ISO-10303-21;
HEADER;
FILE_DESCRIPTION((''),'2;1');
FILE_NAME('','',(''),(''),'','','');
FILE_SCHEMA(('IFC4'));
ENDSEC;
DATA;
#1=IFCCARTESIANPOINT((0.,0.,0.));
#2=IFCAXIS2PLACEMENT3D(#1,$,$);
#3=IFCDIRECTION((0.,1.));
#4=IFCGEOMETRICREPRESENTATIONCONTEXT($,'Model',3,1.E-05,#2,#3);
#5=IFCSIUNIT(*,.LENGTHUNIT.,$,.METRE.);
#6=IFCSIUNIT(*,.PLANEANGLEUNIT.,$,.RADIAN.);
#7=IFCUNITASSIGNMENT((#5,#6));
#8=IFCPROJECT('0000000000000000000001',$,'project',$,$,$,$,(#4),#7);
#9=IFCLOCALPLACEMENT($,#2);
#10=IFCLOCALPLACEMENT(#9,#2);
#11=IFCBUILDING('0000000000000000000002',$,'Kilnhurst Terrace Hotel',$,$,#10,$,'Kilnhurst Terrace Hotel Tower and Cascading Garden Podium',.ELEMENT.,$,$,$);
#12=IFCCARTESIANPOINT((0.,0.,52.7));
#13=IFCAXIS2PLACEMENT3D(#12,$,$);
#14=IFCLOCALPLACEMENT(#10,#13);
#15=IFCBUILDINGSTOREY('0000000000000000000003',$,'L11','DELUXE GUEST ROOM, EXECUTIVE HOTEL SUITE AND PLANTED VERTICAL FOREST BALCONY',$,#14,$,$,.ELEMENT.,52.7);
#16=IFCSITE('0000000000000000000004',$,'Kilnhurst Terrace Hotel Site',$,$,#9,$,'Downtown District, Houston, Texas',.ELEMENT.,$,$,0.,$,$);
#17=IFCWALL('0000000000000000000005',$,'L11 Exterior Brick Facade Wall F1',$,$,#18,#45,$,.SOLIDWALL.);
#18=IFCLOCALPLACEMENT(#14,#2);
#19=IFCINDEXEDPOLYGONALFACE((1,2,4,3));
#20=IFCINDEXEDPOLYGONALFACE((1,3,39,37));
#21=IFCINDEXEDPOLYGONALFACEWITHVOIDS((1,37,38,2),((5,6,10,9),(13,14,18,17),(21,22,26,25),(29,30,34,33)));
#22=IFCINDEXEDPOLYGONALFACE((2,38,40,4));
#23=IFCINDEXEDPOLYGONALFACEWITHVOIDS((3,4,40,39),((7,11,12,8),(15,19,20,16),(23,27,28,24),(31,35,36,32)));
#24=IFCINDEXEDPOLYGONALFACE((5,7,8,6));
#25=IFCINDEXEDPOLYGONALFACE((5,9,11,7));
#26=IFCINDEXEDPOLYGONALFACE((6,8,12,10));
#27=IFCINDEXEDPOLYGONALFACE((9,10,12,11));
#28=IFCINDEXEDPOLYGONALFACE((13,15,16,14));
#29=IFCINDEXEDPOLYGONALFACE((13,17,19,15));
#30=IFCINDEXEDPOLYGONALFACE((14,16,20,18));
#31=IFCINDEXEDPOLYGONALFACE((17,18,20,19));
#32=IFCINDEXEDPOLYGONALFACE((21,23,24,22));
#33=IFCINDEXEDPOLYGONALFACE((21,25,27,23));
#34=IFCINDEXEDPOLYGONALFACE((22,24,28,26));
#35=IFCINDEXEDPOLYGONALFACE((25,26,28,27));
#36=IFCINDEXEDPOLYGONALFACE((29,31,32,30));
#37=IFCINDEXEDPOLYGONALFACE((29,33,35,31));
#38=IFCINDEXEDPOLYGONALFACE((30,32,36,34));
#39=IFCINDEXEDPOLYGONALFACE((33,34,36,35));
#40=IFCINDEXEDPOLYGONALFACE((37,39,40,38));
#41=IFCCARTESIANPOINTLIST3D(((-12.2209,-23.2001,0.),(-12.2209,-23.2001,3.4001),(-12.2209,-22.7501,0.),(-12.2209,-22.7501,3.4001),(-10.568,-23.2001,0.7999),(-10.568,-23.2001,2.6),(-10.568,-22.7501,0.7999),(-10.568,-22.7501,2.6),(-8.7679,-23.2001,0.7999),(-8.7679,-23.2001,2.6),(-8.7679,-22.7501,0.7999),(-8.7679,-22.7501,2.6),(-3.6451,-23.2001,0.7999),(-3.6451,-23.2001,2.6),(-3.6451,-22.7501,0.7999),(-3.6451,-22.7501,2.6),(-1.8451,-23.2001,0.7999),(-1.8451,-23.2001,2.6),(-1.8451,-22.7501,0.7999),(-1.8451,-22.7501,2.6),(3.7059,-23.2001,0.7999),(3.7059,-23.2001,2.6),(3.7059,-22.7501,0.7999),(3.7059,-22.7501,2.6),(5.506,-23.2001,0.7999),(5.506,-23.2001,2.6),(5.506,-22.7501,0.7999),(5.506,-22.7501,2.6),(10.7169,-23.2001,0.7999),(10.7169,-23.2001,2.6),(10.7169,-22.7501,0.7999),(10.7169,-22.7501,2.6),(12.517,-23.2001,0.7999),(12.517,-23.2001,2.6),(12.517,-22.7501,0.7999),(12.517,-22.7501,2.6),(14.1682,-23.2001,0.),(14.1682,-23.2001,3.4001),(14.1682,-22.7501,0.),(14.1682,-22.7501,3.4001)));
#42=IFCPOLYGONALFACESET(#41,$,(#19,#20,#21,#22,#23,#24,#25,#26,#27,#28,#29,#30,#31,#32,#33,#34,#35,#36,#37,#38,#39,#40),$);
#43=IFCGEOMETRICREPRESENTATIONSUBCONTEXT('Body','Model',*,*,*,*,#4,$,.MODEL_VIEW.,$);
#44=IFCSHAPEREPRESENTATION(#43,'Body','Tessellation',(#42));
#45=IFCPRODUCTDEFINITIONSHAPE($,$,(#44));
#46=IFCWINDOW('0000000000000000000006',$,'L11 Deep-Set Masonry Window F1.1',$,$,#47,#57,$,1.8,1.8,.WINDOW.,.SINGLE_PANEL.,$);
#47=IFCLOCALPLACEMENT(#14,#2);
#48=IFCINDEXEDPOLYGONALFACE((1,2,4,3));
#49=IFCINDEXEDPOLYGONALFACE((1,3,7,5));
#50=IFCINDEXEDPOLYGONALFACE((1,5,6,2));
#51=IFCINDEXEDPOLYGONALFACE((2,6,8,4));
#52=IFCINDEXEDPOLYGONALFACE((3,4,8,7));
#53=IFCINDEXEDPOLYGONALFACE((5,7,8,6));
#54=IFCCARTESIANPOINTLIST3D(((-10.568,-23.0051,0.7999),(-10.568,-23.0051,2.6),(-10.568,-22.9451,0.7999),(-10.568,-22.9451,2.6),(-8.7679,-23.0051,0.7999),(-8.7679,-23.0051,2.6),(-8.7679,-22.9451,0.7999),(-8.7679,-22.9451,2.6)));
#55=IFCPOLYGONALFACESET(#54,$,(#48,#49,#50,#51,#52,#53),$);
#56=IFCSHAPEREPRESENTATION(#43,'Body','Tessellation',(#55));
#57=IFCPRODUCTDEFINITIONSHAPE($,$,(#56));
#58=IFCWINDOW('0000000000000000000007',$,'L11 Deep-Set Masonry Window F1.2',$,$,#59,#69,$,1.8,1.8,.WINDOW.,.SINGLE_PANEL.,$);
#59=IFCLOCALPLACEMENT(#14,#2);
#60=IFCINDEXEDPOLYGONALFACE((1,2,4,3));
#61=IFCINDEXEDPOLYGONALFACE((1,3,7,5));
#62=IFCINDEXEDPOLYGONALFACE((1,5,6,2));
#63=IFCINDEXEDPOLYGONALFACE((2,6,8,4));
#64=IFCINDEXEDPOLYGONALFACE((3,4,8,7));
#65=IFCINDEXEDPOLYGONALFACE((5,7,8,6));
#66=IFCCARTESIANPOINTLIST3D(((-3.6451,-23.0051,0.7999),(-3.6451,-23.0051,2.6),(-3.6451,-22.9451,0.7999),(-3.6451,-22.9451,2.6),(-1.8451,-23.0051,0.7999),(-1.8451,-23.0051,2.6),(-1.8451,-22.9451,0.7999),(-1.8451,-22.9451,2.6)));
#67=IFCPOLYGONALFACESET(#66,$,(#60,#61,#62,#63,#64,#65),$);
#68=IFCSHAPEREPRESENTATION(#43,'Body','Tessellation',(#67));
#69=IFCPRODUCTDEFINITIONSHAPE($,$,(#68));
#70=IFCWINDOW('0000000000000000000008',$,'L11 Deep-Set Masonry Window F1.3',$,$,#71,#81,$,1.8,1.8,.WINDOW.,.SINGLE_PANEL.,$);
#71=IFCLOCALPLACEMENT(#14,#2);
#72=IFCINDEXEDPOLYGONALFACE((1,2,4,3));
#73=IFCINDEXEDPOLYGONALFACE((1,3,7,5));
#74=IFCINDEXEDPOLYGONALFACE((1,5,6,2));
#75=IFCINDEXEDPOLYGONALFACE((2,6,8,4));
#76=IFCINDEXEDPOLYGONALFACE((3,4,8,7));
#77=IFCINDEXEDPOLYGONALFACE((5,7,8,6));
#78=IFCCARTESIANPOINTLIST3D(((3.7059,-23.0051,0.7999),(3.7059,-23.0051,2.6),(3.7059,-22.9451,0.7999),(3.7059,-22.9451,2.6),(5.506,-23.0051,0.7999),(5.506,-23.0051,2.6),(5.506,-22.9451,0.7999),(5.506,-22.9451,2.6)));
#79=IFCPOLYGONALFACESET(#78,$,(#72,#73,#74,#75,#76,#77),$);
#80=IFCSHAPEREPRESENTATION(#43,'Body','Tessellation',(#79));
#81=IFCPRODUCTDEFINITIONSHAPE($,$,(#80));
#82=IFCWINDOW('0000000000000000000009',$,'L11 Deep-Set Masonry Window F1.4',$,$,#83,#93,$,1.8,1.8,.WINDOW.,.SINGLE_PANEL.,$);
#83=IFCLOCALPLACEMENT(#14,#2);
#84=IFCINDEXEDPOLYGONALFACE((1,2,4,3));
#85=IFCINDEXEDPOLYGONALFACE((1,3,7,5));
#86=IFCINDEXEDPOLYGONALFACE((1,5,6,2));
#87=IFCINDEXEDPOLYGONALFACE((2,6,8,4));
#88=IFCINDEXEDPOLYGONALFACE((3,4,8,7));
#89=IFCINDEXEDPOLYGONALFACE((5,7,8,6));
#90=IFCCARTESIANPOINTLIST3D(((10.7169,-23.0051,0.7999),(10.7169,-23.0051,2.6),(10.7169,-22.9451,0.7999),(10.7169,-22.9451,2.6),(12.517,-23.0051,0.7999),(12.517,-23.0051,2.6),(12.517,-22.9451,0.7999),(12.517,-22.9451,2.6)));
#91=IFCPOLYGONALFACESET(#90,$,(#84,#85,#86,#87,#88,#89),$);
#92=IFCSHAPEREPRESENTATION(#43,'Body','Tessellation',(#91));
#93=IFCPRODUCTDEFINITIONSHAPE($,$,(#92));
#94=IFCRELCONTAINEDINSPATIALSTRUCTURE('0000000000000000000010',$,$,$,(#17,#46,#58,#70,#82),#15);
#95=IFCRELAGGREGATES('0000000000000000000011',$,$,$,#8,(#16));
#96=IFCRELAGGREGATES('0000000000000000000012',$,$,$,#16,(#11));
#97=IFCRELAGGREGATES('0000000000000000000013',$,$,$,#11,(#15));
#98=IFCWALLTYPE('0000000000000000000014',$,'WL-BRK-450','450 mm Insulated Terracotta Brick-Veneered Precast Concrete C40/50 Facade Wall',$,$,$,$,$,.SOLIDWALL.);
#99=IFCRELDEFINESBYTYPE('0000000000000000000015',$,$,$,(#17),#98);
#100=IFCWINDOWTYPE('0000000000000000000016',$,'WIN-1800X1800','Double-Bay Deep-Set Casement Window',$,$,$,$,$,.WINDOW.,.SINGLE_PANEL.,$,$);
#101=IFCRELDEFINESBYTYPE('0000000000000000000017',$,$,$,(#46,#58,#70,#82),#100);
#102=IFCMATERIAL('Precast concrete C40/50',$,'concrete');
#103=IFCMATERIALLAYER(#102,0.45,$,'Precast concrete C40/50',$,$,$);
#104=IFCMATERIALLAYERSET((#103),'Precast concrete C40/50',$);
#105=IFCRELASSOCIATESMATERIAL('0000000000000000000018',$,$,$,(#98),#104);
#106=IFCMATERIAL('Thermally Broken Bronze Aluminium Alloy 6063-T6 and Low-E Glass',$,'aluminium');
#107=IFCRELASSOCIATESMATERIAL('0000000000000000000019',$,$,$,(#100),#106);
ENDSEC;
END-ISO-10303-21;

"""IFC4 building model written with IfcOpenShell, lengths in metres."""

from ifc_helpers import new_model, si_unit, direction, frame, frame_2d, origin, place, context, subcontext, project, spatial, rectangle, extrude, material, layer, layer_set, type_object, element, fill, save


model = new_model("IFC4")

# Units and contexts
model_context = context("Model", 3, precision=1e-05, world=origin(), true_north=direction((0.0, 1.0)))
body_context = subcontext(model_context, "Body", "Model", "MODEL_VIEW")
ifc_project = project(units=[si_unit("LENGTHUNIT", "METRE"), si_unit("PLANEANGLEUNIT", "RADIAN")], contexts=[model_context])

# Site, building, storey
site_placement = place(None, origin())
site = spatial("IfcSite", under=ifc_project, at=site_placement, Name="Kilnhurst Terrace Hotel Site", LongName="Downtown District, Houston, Texas", CompositionType="ELEMENT", RefElevation=0.0)
building_placement = place(site_placement, origin())
building = spatial("IfcBuilding", under=site, at=building_placement, Name="Kilnhurst Terrace Hotel", LongName="Kilnhurst Terrace Hotel Tower and Cascading Garden Podium", CompositionType="ELEMENT")
storey_placement = place(building_placement, frame((0.0, 0.0, 52.7)))
storey = spatial("IfcBuildingStorey", under=building, at=storey_placement, Name="L11", Description="DELUXE GUEST ROOM, EXECUTIVE HOTEL SUITE AND PLANTED VERTICAL FOREST BALCONY", CompositionType="ELEMENT", Elevation=52.7)

# Shared definitions
ifc_material_1 = material(Name="Precast concrete C40/50", Category="concrete")
ifc_layer_1 = layer(ifc_material_1, 0.45, Name="Precast concrete C40/50")
ifc_layer_set_1 = layer_set([ifc_layer_1], Name="Precast concrete C40/50")
wall_type_1 = type_object("IfcWallType", Name="WL-BRK-450", Description="450 mm Insulated Terracotta Brick-Veneered Precast Concrete C40/50 Facade Wall", PredefinedType="SOLIDWALL", material=ifc_layer_set_1)

# Wall, openings, windows
wall_1_placement = place(storey_placement, frame((-12.2209, -22.9751, 0.0), z_axis=(0.0, 0.0, 1.0), x_axis=(1.0, 0.0, 0.0)))
wall_1 = element("IfcWall", 1, at=wall_1_placement, inside=storey, type_object=wall_type_1, Name="L11 Exterior Brick Facade Wall F1", PredefinedType="SOLIDWALL", context=body_context, shape_type="SweptSolid", body=[
    extrude(rectangle(XDim=26.3892, YDim=0.45, at=frame_2d((13.1946, 0.0))), origin(), (0.0, 0.0, 1.0), 3.4001),
])
opening_1_placement = place(wall_1_placement, frame((1.6531, 0.0, 0.8)))
opening_1 = element("IfcOpeningElement", 2, at=opening_1_placement, cuts=wall_1, PredefinedType="OPENING", context=body_context, shape_type="SweptSolid", body=[
    extrude(rectangle(XDim=1.8, YDim=1.8, at=frame_2d((0.8999, 0.8999))), frame((0.0, 0.2349, 0.0), z_axis=(0.0, -1.0, 0.0), x_axis=(1.0, 0.0, 0.0)), (0.0, 0.0, 1.0), 0.47),
])
opening_2_placement = place(wall_1_placement, frame((8.5759, 0.0, 0.8)))
opening_2 = element("IfcOpeningElement", 3, at=opening_2_placement, cuts=wall_1, PredefinedType="OPENING", context=body_context, shape_type="SweptSolid", body=[
    extrude(rectangle(XDim=1.8, YDim=1.8, at=frame_2d((0.8999, 0.8999))), frame((0.0, 0.2349, 0.0), z_axis=(0.0, -1.0, 0.0), x_axis=(1.0, 0.0, 0.0)), (0.0, 0.0, 1.0), 0.47),
])
opening_3_placement = place(wall_1_placement, frame((15.927, 0.0, 0.8)))
opening_3 = element("IfcOpeningElement", 4, at=opening_3_placement, cuts=wall_1, PredefinedType="OPENING", context=body_context, shape_type="SweptSolid", body=[
    extrude(rectangle(XDim=1.8, YDim=1.8, at=frame_2d((0.8999, 0.8999))), frame((0.0, 0.2349, 0.0), z_axis=(0.0, -1.0, 0.0), x_axis=(1.0, 0.0, 0.0)), (0.0, 0.0, 1.0), 0.47),
])
opening_4_placement = place(wall_1_placement, frame((22.938, 0.0, 0.8)))
opening_4 = element("IfcOpeningElement", 5, at=opening_4_placement, cuts=wall_1, PredefinedType="OPENING", context=body_context, shape_type="SweptSolid", body=[
    extrude(rectangle(XDim=1.8, YDim=1.8, at=frame_2d((0.8999, 0.8999))), frame((0.0, 0.2349, 0.0), z_axis=(0.0, -1.0, 0.0), x_axis=(1.0, 0.0, 0.0)), (0.0, 0.0, 1.0), 0.47),
])
ifc_material_2 = material(Name="Thermally Broken Bronze Aluminium Alloy 6063-T6 and Low-E Glass", Category="aluminium")
window_type = type_object("IfcWindowType", Name="WIN-1800X1800", Description="Double-Bay Deep-Set Casement Window", PartitioningType="SINGLE_PANEL", PredefinedType="WINDOW", material=ifc_material_2)
window_1_placement = place(opening_1_placement, origin())
window_1 = element("IfcWindow", 6, at=window_1_placement, inside=storey, type_object=window_type, Name="L11 Deep-Set Masonry Window F1.1", OverallHeight=1.8, OverallWidth=1.8, PartitioningType="SINGLE_PANEL", PredefinedType="WINDOW", context=body_context, shape_type="SweptSolid", body=[
    extrude(rectangle(XDim=1.8, YDim=1.8, at=frame_2d((0.8999, 0.8999))), frame((0.0, 0.03, 0.0), z_axis=(0.0, -1.0, 0.0), x_axis=(1.0, 0.0, 0.0)), (0.0, 0.0, 1.0), 0.0601),
])
fill(opening_1, window_1)
window_2_placement = place(opening_2_placement, origin())
window_2 = element("IfcWindow", 7, at=window_2_placement, inside=storey, type_object=window_type, Name="L11 Deep-Set Masonry Window F1.2", OverallHeight=1.8, OverallWidth=1.8, PartitioningType="SINGLE_PANEL", PredefinedType="WINDOW", context=body_context, shape_type="SweptSolid", body=[
    extrude(rectangle(XDim=1.8, YDim=1.8, at=frame_2d((0.8999, 0.8999))), frame((0.0, 0.03, 0.0), z_axis=(0.0, -1.0, 0.0), x_axis=(1.0, 0.0, 0.0)), (0.0, 0.0, 1.0), 0.0601),
])
fill(opening_2, window_2)
window_3_placement = place(opening_3_placement, origin())
window_3 = element("IfcWindow", 8, at=window_3_placement, inside=storey, type_object=window_type, Name="L11 Deep-Set Masonry Window F1.3", OverallHeight=1.8, OverallWidth=1.8, PartitioningType="SINGLE_PANEL", PredefinedType="WINDOW", context=body_context, shape_type="SweptSolid", body=[
    extrude(rectangle(XDim=1.8, YDim=1.8, at=frame_2d((0.8999, 0.8999))), frame((0.0, 0.03, 0.0), z_axis=(0.0, -1.0, 0.0), x_axis=(1.0, 0.0, 0.0)), (0.0, 0.0, 1.0), 0.0601),
])
fill(opening_3, window_3)
window_4_placement = place(opening_4_placement, origin())
window_4 = element("IfcWindow", 9, at=window_4_placement, inside=storey, type_object=window_type, Name="L11 Deep-Set Masonry Window F1.4", OverallHeight=1.8, OverallWidth=1.8, PartitioningType="SINGLE_PANEL", PredefinedType="WINDOW", context=body_context, shape_type="SweptSolid", body=[
    extrude(rectangle(XDim=1.8, YDim=1.8, at=frame_2d((0.8999, 0.8999))), frame((0.0, 0.03, 0.0), z_axis=(0.0, -1.0, 0.0), x_axis=(1.0, 0.0, 0.0)), (0.0, 0.0, 1.0), 0.0601),
])
fill(opening_4, window_4)

save(model, "model.ifc")
